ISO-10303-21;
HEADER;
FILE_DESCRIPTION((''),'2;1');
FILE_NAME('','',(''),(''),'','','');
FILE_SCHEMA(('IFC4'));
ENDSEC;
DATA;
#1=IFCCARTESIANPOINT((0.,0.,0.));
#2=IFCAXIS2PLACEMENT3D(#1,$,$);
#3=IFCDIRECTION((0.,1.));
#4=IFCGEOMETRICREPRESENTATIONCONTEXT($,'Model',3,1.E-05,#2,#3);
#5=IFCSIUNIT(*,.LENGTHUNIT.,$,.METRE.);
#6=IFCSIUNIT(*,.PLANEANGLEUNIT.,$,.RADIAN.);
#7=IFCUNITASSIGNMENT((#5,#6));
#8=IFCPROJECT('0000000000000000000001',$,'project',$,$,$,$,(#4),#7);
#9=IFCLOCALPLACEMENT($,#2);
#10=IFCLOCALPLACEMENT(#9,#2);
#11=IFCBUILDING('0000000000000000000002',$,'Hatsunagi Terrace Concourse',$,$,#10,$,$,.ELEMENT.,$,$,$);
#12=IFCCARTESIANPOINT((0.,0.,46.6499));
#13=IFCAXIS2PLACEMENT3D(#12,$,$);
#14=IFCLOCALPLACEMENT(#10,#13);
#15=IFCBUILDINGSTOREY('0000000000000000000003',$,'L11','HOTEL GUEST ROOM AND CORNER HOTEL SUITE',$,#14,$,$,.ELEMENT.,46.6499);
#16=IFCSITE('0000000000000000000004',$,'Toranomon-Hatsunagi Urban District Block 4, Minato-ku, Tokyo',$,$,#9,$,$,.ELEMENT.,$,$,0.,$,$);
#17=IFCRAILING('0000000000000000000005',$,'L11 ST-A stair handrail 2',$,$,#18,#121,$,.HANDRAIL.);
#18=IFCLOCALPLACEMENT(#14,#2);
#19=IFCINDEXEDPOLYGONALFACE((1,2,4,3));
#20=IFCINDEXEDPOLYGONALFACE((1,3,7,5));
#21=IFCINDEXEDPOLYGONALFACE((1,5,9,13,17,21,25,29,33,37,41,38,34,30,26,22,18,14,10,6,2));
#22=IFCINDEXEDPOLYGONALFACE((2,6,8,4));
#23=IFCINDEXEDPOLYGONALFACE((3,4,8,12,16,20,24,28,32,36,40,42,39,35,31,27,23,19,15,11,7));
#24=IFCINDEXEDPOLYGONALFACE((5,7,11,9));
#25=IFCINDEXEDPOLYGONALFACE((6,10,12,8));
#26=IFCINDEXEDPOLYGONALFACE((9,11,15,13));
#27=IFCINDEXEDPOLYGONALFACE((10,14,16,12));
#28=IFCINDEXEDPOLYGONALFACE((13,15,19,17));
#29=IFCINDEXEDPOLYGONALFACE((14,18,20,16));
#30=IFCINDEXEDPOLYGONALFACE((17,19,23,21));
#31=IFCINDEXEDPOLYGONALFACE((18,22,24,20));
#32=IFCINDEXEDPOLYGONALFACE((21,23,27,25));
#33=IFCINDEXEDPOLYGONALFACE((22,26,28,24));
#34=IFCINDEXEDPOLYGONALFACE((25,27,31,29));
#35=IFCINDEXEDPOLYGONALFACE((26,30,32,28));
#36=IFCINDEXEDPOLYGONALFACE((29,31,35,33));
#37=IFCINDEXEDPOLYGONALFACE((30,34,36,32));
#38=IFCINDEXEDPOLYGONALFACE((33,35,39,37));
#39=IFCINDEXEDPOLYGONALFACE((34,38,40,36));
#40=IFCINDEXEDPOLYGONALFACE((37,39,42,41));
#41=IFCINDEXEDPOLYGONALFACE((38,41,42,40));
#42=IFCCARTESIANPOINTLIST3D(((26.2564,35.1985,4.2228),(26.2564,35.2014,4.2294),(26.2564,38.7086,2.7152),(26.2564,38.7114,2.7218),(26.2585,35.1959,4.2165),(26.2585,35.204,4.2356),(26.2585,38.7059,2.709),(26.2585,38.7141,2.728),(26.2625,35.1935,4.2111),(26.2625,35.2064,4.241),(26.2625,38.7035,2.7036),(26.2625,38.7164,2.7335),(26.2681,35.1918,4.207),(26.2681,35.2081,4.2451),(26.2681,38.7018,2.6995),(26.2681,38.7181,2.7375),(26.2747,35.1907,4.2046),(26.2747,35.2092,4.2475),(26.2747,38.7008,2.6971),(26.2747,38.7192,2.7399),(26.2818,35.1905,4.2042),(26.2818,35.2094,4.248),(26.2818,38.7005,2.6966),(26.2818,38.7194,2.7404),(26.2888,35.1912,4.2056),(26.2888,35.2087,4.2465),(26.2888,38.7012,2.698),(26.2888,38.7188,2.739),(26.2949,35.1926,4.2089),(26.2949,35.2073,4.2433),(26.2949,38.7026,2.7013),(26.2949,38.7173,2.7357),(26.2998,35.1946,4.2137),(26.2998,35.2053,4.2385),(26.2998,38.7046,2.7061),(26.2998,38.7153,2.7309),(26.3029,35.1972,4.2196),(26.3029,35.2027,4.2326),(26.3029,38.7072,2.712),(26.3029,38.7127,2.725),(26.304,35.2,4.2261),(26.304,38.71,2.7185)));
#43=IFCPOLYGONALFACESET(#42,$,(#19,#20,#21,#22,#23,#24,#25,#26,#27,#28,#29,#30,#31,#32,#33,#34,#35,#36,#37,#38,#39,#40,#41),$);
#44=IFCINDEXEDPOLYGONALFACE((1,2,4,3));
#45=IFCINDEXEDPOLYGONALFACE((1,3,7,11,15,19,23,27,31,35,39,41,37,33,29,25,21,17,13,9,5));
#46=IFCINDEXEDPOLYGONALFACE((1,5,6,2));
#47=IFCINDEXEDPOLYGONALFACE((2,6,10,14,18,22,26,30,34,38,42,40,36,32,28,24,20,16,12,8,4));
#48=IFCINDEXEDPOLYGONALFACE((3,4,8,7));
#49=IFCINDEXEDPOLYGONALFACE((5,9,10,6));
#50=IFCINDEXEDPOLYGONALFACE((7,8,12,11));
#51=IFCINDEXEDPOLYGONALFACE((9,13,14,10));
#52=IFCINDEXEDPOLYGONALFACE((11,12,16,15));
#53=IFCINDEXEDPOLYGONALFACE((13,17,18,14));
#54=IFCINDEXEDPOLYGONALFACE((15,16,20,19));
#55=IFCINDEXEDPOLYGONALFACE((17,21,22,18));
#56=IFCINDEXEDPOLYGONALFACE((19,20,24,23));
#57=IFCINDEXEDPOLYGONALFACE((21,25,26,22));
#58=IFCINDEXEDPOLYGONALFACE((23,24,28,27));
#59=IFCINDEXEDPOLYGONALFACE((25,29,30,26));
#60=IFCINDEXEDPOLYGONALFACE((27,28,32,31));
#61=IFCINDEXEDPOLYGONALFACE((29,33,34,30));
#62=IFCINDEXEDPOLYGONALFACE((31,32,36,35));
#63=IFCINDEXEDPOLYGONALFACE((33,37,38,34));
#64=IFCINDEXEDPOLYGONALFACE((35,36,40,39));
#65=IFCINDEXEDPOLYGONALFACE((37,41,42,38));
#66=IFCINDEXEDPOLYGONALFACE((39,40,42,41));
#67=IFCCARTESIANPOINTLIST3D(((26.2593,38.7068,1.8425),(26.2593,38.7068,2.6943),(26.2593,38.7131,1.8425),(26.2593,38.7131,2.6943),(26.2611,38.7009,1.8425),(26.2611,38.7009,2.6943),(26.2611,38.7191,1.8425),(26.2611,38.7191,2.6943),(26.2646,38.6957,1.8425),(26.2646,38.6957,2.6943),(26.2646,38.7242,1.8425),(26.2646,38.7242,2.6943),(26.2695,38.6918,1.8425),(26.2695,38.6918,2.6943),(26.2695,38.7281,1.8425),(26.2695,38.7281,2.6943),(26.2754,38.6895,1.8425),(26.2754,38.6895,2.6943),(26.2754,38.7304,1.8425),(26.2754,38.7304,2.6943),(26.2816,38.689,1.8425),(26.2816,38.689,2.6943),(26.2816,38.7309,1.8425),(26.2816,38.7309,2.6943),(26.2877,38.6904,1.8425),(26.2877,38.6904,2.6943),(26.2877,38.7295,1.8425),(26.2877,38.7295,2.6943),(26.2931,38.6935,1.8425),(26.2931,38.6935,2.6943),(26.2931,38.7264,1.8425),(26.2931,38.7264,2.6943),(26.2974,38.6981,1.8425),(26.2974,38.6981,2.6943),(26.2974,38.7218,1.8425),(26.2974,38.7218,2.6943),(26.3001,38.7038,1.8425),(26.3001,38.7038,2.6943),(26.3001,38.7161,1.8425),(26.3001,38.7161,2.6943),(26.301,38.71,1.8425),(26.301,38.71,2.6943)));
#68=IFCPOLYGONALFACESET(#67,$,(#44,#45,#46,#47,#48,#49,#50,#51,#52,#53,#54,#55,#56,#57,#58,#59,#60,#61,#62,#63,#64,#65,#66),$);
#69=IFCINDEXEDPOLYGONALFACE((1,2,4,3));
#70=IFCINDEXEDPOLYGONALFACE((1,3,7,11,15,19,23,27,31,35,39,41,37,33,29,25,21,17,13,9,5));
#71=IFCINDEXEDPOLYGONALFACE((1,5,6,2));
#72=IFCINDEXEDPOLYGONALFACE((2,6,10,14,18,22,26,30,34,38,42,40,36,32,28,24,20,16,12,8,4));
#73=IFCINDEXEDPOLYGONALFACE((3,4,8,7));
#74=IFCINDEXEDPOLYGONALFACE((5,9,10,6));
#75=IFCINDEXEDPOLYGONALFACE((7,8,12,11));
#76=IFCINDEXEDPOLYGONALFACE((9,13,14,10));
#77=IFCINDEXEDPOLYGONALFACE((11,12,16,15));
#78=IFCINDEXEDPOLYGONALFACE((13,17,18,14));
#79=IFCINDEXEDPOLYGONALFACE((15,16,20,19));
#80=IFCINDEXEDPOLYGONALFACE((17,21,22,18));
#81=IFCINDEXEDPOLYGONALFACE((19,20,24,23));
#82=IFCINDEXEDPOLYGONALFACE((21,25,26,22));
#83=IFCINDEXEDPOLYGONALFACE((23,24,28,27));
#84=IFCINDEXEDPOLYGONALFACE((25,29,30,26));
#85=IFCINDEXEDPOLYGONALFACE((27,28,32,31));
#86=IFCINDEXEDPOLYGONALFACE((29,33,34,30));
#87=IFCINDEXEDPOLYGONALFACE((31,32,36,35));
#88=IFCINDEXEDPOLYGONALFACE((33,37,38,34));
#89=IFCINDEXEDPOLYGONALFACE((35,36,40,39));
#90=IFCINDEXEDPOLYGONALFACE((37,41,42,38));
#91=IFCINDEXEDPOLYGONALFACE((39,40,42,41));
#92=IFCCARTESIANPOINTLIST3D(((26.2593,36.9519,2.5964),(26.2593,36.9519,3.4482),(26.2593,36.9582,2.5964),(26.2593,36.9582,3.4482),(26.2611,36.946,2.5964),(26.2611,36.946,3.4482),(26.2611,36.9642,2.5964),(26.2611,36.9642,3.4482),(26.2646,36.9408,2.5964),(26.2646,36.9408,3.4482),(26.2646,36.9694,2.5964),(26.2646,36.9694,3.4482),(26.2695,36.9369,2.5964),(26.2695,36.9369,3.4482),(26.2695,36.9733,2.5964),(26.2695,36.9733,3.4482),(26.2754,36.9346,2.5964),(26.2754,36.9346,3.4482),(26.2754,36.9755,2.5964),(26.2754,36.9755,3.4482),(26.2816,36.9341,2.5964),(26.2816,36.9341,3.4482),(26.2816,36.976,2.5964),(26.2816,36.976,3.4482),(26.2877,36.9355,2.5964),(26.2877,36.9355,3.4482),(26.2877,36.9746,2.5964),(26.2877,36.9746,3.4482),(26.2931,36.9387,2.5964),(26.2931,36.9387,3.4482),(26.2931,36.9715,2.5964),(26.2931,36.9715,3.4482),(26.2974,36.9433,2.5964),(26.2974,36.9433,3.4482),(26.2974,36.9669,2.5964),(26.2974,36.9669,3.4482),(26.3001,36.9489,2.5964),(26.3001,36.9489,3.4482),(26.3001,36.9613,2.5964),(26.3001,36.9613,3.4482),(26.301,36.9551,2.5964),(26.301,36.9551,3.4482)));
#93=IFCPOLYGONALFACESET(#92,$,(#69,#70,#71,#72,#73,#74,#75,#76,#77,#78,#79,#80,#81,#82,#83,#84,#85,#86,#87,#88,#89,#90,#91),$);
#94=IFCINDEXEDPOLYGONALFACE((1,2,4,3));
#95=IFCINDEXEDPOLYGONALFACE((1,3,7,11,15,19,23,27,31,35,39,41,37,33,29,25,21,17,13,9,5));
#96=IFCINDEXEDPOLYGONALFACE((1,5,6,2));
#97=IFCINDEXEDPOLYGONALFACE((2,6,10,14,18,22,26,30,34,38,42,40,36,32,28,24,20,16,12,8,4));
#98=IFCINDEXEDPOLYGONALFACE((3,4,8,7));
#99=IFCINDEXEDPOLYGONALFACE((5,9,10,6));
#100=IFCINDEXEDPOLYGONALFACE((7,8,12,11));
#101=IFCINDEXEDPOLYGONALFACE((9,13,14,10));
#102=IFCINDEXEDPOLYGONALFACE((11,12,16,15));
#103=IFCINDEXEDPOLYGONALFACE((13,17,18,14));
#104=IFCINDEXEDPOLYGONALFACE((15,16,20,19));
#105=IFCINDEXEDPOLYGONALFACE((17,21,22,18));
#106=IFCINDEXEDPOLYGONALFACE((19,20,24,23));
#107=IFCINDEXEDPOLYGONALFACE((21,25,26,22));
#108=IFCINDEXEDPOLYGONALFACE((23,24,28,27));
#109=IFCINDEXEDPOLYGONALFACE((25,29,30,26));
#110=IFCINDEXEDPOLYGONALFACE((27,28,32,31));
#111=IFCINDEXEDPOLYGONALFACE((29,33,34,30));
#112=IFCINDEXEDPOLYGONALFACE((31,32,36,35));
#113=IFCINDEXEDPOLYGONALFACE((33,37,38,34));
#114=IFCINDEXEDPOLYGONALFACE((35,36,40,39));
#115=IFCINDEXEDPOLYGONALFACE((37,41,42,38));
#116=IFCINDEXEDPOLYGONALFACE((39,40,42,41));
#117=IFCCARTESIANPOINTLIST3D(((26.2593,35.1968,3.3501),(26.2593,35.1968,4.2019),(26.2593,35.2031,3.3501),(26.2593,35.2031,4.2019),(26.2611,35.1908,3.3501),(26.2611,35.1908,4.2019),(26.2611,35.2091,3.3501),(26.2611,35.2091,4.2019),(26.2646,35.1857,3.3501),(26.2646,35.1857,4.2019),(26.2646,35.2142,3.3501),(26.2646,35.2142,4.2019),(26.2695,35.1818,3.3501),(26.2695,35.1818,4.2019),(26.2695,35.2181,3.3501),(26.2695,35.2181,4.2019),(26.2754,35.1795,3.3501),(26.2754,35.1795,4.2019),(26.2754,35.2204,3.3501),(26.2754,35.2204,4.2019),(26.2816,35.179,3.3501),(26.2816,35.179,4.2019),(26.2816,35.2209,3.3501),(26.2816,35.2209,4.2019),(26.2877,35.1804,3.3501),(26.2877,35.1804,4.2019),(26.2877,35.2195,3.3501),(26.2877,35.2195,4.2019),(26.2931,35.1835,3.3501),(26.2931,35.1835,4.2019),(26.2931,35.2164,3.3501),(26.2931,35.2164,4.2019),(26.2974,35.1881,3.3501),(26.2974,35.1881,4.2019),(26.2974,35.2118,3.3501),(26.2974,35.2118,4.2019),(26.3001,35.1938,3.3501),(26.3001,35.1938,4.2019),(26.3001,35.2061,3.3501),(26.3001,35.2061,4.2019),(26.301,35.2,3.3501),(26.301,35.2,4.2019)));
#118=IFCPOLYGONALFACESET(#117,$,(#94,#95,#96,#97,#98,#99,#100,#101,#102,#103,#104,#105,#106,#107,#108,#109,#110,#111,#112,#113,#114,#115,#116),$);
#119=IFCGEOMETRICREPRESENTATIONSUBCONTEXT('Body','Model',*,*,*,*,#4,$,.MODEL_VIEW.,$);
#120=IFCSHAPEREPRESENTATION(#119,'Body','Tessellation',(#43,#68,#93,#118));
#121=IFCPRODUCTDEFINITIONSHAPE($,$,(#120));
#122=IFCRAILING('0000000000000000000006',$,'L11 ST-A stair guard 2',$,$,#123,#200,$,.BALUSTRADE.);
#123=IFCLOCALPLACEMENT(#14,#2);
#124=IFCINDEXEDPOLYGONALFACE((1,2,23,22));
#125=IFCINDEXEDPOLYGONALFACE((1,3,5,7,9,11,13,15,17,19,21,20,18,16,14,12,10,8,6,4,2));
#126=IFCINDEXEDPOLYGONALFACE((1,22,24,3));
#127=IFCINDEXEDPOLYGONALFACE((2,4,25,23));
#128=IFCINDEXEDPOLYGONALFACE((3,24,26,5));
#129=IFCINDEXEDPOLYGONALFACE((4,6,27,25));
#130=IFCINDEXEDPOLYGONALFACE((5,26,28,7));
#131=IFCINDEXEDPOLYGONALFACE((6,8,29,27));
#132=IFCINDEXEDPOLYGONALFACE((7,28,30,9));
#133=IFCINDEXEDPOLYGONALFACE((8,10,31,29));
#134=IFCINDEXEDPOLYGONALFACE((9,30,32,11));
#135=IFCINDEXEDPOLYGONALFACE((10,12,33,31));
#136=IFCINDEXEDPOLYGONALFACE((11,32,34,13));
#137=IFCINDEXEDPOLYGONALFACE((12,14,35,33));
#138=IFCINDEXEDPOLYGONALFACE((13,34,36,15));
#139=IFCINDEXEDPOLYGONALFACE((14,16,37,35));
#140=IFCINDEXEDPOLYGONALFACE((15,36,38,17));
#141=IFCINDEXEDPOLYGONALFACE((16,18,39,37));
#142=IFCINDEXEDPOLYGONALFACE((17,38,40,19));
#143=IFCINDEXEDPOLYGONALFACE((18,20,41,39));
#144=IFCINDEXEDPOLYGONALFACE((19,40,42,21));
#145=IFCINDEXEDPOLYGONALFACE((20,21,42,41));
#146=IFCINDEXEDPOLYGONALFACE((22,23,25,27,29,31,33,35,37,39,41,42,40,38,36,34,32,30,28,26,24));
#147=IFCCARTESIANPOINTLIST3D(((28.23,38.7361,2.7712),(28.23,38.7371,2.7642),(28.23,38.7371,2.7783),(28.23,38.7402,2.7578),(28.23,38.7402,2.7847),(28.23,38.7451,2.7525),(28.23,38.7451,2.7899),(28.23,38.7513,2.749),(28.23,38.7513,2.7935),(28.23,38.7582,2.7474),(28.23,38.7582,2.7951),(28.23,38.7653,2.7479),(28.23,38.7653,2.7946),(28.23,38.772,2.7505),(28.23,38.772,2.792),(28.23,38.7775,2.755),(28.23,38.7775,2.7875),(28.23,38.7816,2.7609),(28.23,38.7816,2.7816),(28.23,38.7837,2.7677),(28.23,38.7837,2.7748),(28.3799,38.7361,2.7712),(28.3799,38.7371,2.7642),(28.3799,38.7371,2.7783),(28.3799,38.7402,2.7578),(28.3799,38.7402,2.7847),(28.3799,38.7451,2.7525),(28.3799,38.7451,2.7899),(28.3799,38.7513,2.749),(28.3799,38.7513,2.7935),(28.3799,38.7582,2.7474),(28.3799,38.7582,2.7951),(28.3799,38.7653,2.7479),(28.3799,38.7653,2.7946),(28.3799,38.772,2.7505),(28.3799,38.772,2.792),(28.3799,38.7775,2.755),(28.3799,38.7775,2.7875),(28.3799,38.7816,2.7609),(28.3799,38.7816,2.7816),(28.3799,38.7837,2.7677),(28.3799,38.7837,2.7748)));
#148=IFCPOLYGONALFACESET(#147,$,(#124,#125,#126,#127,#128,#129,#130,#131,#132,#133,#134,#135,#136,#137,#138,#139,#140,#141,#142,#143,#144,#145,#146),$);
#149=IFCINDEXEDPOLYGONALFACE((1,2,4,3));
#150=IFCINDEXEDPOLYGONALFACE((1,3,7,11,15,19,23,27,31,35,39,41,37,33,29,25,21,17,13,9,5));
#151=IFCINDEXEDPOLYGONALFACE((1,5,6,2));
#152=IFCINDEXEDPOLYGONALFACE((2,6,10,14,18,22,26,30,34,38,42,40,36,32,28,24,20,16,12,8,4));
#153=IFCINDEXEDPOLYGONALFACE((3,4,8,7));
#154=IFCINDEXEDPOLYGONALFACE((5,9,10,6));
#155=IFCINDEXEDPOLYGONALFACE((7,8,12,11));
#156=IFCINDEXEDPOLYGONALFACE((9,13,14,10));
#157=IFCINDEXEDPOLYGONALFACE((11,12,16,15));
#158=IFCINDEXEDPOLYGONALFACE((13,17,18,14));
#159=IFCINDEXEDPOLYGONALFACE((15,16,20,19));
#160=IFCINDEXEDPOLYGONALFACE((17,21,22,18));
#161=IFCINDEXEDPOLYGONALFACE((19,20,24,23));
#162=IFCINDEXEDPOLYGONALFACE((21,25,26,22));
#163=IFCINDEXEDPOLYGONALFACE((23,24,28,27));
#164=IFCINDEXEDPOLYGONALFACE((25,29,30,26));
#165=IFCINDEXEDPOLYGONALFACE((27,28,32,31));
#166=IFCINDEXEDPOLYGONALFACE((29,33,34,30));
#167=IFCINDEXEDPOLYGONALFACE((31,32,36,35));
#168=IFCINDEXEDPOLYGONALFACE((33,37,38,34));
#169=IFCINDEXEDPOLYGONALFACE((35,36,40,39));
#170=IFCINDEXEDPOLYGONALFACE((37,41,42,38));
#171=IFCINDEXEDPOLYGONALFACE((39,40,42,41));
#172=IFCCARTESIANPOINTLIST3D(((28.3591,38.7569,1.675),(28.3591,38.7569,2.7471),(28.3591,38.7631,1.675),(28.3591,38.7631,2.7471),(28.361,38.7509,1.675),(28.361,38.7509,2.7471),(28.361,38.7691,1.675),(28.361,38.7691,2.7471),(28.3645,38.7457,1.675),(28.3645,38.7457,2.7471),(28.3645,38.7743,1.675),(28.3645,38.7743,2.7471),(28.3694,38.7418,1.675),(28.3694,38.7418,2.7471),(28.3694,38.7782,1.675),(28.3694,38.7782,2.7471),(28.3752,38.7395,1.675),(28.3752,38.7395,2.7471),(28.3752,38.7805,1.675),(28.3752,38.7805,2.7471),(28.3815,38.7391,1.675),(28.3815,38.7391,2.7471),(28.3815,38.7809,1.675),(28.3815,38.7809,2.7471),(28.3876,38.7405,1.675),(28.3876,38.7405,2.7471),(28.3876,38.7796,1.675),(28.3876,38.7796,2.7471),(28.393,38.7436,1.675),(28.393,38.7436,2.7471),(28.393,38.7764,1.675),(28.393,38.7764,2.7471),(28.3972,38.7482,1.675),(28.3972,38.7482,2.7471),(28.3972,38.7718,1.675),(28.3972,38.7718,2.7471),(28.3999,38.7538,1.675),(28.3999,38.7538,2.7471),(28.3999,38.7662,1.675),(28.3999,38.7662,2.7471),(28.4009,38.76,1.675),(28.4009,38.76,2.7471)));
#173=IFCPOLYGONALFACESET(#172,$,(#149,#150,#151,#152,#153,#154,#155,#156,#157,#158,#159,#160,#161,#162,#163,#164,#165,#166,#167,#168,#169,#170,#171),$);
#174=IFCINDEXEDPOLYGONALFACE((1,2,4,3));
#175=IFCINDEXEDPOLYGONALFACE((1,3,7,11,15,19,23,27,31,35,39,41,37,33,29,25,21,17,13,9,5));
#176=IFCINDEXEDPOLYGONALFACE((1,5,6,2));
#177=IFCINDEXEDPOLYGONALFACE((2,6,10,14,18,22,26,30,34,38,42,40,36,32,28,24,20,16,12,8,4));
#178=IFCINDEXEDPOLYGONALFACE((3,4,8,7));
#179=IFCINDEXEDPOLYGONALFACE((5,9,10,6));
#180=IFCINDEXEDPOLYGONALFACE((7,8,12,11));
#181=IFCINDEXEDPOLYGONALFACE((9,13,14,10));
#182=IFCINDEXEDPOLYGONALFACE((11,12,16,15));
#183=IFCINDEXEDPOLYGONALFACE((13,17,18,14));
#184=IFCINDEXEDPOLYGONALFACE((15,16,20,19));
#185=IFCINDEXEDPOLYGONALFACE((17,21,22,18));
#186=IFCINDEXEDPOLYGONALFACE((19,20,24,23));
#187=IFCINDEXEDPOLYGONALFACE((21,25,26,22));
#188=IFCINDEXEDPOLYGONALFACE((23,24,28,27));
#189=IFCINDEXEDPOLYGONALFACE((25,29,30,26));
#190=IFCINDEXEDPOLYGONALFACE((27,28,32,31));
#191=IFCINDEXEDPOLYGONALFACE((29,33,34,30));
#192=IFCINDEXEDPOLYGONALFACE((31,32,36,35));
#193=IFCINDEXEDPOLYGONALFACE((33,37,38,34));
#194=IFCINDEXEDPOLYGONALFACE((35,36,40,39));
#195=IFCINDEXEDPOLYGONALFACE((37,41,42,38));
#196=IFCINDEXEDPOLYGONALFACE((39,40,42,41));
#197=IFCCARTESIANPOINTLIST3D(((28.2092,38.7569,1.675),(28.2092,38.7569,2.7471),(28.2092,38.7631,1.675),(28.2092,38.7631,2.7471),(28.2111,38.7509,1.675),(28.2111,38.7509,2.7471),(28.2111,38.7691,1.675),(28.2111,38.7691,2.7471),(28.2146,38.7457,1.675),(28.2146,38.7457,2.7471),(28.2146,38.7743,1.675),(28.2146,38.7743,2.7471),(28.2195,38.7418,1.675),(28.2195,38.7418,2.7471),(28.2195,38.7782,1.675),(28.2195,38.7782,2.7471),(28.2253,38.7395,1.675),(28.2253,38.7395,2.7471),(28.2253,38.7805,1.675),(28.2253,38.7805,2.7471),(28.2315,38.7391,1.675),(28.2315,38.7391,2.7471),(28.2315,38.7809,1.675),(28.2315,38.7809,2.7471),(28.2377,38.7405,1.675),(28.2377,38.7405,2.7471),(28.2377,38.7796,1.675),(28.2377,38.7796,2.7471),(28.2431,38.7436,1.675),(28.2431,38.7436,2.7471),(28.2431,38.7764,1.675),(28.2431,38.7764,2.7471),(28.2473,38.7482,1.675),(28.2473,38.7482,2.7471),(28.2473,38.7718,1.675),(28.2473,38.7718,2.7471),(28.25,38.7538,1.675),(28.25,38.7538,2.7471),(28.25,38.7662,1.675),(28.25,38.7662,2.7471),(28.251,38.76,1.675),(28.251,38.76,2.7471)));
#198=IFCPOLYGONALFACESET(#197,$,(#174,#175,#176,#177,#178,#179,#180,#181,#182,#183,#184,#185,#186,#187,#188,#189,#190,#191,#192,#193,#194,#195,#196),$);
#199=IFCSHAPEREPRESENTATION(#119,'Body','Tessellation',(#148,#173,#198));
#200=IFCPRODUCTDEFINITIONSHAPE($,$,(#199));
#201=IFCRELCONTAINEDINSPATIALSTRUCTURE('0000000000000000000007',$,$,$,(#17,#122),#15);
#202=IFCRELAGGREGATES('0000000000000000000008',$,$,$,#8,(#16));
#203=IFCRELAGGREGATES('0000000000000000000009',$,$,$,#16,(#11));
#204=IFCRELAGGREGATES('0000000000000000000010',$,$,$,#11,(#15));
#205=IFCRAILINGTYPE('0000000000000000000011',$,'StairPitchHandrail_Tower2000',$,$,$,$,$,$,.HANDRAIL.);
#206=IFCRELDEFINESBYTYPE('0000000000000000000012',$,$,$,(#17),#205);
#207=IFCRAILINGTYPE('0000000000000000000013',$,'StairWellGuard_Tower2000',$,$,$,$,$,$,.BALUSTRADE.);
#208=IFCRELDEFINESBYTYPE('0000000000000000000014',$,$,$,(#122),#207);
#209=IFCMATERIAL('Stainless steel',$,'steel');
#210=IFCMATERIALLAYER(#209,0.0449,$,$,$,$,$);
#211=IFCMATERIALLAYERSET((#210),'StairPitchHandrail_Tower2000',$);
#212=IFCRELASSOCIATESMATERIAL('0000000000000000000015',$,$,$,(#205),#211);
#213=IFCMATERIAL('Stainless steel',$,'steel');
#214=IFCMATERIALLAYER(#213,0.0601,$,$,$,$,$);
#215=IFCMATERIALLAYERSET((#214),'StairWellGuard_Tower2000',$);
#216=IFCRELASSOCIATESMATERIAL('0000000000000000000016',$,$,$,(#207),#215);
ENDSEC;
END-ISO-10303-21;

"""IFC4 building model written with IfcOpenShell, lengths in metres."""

from ifc_helpers import new_model, si_unit, direction, frame, origin, origin_2d, place, context, subcontext, project, spatial, circle, extrude, material, layer, layer_set, type_object, element, save


model = new_model("IFC4")

# Units and contexts
model_context = context("Model", 3, precision=1e-05, world=origin(), true_north=direction((0.0, 1.0)))
body_context = subcontext(model_context, "Body", "Model", "MODEL_VIEW")
ifc_project = project(units=[si_unit("LENGTHUNIT", "METRE"), si_unit("PLANEANGLEUNIT", "RADIAN")], contexts=[model_context])

# Site, building, storey
site_placement = place(None, origin())
site = spatial("IfcSite", under=ifc_project, at=site_placement, Name="Toranomon-Hatsunagi Urban District Block 4, Minato-ku, Tokyo", CompositionType="ELEMENT", RefElevation=0.0)
building_placement = place(site_placement, origin())
building = spatial("IfcBuilding", under=site, at=building_placement, Name="Hatsunagi Terrace Concourse", CompositionType="ELEMENT")
storey_placement = place(building_placement, frame((0.0, 0.0, 46.6499)))
storey = spatial("IfcBuildingStorey", under=building, at=storey_placement, Name="L11", Description="HOTEL GUEST ROOM AND CORNER HOTEL SUITE", CompositionType="ELEMENT", Elevation=46.6499)

# Railings
ifc_material_1 = material(Name="Stainless steel", Category="steel")
ifc_layer_1 = layer(ifc_material_1, 0.0449)
ifc_layer_set_1 = layer_set([ifc_layer_1], Name="StairPitchHandrail_Tower2000")
railing_type_1 = type_object("IfcRailingType", Name="StairPitchHandrail_Tower2000", PredefinedType="HANDRAIL", material=ifc_layer_set_1)
railing_1_placement = place(storey_placement, frame((26.28, 38.71, 1.8425)))
element("IfcRailing", 1, at=railing_1_placement, inside=storey, type_object=railing_type_1, Name="L11 ST-A stair handrail 2", PredefinedType="HANDRAIL", context=body_context, shape_type="SweptSolid", body=[
    extrude(circle(Radius=0.0239, at=origin_2d()), frame((0.0, 0.0, 0.876), z_axis=(0.0, -0.918834, 0.394644), x_axis=(1.0, 0.0, 0.0)), (0.0, 0.0, 1.0), 3.8201),
    extrude(circle(Radius=0.021, at=origin_2d()), origin(), (0.0, 0.0, 1.0), 0.8518),
    extrude(circle(Radius=0.021, at=origin_2d()), frame((0.0, -1.7549, 0.7539)), (0.0, 0.0, 1.0), 0.8518),
    extrude(circle(Radius=0.021, at=origin_2d()), frame((0.0, -3.51, 1.5076)), (0.0, 0.0, 1.0), 0.8518),
])
ifc_material_2 = material(Name="Stainless steel", Category="steel")
ifc_layer_2 = layer(ifc_material_2, 0.0601)
ifc_layer_set_2 = layer_set([ifc_layer_2], Name="StairWellGuard_Tower2000")
railing_type_2 = type_object("IfcRailingType", Name="StairWellGuard_Tower2000", PredefinedType="BALUSTRADE", material=ifc_layer_set_2)
railing_2_placement = place(storey_placement, frame((28.3799, 38.76, 1.675)))
element("IfcRailing", 2, at=railing_2_placement, inside=storey, type_object=railing_type_2, Name="L11 ST-A stair guard 2", PredefinedType="BALUSTRADE", context=body_context, shape_type="SweptSolid", body=[
    extrude(circle(Radius=0.0239, at=origin_2d()), frame((0.0, 0.0, 1.0962), z_axis=(-1.0, 0.0, 0.0), x_axis=(0.0, -1.0, 0.0)), (0.0, 0.0, 1.0), 0.1499),
    extrude(circle(Radius=0.021, at=origin_2d()), origin(), (0.0, 0.0, 1.0), 1.072),
    extrude(circle(Radius=0.021, at=origin_2d()), frame((-0.1499, 0.0, 0.0)), (0.0, 0.0, 1.0), 1.072),
])

save(model, "model.ifc")
